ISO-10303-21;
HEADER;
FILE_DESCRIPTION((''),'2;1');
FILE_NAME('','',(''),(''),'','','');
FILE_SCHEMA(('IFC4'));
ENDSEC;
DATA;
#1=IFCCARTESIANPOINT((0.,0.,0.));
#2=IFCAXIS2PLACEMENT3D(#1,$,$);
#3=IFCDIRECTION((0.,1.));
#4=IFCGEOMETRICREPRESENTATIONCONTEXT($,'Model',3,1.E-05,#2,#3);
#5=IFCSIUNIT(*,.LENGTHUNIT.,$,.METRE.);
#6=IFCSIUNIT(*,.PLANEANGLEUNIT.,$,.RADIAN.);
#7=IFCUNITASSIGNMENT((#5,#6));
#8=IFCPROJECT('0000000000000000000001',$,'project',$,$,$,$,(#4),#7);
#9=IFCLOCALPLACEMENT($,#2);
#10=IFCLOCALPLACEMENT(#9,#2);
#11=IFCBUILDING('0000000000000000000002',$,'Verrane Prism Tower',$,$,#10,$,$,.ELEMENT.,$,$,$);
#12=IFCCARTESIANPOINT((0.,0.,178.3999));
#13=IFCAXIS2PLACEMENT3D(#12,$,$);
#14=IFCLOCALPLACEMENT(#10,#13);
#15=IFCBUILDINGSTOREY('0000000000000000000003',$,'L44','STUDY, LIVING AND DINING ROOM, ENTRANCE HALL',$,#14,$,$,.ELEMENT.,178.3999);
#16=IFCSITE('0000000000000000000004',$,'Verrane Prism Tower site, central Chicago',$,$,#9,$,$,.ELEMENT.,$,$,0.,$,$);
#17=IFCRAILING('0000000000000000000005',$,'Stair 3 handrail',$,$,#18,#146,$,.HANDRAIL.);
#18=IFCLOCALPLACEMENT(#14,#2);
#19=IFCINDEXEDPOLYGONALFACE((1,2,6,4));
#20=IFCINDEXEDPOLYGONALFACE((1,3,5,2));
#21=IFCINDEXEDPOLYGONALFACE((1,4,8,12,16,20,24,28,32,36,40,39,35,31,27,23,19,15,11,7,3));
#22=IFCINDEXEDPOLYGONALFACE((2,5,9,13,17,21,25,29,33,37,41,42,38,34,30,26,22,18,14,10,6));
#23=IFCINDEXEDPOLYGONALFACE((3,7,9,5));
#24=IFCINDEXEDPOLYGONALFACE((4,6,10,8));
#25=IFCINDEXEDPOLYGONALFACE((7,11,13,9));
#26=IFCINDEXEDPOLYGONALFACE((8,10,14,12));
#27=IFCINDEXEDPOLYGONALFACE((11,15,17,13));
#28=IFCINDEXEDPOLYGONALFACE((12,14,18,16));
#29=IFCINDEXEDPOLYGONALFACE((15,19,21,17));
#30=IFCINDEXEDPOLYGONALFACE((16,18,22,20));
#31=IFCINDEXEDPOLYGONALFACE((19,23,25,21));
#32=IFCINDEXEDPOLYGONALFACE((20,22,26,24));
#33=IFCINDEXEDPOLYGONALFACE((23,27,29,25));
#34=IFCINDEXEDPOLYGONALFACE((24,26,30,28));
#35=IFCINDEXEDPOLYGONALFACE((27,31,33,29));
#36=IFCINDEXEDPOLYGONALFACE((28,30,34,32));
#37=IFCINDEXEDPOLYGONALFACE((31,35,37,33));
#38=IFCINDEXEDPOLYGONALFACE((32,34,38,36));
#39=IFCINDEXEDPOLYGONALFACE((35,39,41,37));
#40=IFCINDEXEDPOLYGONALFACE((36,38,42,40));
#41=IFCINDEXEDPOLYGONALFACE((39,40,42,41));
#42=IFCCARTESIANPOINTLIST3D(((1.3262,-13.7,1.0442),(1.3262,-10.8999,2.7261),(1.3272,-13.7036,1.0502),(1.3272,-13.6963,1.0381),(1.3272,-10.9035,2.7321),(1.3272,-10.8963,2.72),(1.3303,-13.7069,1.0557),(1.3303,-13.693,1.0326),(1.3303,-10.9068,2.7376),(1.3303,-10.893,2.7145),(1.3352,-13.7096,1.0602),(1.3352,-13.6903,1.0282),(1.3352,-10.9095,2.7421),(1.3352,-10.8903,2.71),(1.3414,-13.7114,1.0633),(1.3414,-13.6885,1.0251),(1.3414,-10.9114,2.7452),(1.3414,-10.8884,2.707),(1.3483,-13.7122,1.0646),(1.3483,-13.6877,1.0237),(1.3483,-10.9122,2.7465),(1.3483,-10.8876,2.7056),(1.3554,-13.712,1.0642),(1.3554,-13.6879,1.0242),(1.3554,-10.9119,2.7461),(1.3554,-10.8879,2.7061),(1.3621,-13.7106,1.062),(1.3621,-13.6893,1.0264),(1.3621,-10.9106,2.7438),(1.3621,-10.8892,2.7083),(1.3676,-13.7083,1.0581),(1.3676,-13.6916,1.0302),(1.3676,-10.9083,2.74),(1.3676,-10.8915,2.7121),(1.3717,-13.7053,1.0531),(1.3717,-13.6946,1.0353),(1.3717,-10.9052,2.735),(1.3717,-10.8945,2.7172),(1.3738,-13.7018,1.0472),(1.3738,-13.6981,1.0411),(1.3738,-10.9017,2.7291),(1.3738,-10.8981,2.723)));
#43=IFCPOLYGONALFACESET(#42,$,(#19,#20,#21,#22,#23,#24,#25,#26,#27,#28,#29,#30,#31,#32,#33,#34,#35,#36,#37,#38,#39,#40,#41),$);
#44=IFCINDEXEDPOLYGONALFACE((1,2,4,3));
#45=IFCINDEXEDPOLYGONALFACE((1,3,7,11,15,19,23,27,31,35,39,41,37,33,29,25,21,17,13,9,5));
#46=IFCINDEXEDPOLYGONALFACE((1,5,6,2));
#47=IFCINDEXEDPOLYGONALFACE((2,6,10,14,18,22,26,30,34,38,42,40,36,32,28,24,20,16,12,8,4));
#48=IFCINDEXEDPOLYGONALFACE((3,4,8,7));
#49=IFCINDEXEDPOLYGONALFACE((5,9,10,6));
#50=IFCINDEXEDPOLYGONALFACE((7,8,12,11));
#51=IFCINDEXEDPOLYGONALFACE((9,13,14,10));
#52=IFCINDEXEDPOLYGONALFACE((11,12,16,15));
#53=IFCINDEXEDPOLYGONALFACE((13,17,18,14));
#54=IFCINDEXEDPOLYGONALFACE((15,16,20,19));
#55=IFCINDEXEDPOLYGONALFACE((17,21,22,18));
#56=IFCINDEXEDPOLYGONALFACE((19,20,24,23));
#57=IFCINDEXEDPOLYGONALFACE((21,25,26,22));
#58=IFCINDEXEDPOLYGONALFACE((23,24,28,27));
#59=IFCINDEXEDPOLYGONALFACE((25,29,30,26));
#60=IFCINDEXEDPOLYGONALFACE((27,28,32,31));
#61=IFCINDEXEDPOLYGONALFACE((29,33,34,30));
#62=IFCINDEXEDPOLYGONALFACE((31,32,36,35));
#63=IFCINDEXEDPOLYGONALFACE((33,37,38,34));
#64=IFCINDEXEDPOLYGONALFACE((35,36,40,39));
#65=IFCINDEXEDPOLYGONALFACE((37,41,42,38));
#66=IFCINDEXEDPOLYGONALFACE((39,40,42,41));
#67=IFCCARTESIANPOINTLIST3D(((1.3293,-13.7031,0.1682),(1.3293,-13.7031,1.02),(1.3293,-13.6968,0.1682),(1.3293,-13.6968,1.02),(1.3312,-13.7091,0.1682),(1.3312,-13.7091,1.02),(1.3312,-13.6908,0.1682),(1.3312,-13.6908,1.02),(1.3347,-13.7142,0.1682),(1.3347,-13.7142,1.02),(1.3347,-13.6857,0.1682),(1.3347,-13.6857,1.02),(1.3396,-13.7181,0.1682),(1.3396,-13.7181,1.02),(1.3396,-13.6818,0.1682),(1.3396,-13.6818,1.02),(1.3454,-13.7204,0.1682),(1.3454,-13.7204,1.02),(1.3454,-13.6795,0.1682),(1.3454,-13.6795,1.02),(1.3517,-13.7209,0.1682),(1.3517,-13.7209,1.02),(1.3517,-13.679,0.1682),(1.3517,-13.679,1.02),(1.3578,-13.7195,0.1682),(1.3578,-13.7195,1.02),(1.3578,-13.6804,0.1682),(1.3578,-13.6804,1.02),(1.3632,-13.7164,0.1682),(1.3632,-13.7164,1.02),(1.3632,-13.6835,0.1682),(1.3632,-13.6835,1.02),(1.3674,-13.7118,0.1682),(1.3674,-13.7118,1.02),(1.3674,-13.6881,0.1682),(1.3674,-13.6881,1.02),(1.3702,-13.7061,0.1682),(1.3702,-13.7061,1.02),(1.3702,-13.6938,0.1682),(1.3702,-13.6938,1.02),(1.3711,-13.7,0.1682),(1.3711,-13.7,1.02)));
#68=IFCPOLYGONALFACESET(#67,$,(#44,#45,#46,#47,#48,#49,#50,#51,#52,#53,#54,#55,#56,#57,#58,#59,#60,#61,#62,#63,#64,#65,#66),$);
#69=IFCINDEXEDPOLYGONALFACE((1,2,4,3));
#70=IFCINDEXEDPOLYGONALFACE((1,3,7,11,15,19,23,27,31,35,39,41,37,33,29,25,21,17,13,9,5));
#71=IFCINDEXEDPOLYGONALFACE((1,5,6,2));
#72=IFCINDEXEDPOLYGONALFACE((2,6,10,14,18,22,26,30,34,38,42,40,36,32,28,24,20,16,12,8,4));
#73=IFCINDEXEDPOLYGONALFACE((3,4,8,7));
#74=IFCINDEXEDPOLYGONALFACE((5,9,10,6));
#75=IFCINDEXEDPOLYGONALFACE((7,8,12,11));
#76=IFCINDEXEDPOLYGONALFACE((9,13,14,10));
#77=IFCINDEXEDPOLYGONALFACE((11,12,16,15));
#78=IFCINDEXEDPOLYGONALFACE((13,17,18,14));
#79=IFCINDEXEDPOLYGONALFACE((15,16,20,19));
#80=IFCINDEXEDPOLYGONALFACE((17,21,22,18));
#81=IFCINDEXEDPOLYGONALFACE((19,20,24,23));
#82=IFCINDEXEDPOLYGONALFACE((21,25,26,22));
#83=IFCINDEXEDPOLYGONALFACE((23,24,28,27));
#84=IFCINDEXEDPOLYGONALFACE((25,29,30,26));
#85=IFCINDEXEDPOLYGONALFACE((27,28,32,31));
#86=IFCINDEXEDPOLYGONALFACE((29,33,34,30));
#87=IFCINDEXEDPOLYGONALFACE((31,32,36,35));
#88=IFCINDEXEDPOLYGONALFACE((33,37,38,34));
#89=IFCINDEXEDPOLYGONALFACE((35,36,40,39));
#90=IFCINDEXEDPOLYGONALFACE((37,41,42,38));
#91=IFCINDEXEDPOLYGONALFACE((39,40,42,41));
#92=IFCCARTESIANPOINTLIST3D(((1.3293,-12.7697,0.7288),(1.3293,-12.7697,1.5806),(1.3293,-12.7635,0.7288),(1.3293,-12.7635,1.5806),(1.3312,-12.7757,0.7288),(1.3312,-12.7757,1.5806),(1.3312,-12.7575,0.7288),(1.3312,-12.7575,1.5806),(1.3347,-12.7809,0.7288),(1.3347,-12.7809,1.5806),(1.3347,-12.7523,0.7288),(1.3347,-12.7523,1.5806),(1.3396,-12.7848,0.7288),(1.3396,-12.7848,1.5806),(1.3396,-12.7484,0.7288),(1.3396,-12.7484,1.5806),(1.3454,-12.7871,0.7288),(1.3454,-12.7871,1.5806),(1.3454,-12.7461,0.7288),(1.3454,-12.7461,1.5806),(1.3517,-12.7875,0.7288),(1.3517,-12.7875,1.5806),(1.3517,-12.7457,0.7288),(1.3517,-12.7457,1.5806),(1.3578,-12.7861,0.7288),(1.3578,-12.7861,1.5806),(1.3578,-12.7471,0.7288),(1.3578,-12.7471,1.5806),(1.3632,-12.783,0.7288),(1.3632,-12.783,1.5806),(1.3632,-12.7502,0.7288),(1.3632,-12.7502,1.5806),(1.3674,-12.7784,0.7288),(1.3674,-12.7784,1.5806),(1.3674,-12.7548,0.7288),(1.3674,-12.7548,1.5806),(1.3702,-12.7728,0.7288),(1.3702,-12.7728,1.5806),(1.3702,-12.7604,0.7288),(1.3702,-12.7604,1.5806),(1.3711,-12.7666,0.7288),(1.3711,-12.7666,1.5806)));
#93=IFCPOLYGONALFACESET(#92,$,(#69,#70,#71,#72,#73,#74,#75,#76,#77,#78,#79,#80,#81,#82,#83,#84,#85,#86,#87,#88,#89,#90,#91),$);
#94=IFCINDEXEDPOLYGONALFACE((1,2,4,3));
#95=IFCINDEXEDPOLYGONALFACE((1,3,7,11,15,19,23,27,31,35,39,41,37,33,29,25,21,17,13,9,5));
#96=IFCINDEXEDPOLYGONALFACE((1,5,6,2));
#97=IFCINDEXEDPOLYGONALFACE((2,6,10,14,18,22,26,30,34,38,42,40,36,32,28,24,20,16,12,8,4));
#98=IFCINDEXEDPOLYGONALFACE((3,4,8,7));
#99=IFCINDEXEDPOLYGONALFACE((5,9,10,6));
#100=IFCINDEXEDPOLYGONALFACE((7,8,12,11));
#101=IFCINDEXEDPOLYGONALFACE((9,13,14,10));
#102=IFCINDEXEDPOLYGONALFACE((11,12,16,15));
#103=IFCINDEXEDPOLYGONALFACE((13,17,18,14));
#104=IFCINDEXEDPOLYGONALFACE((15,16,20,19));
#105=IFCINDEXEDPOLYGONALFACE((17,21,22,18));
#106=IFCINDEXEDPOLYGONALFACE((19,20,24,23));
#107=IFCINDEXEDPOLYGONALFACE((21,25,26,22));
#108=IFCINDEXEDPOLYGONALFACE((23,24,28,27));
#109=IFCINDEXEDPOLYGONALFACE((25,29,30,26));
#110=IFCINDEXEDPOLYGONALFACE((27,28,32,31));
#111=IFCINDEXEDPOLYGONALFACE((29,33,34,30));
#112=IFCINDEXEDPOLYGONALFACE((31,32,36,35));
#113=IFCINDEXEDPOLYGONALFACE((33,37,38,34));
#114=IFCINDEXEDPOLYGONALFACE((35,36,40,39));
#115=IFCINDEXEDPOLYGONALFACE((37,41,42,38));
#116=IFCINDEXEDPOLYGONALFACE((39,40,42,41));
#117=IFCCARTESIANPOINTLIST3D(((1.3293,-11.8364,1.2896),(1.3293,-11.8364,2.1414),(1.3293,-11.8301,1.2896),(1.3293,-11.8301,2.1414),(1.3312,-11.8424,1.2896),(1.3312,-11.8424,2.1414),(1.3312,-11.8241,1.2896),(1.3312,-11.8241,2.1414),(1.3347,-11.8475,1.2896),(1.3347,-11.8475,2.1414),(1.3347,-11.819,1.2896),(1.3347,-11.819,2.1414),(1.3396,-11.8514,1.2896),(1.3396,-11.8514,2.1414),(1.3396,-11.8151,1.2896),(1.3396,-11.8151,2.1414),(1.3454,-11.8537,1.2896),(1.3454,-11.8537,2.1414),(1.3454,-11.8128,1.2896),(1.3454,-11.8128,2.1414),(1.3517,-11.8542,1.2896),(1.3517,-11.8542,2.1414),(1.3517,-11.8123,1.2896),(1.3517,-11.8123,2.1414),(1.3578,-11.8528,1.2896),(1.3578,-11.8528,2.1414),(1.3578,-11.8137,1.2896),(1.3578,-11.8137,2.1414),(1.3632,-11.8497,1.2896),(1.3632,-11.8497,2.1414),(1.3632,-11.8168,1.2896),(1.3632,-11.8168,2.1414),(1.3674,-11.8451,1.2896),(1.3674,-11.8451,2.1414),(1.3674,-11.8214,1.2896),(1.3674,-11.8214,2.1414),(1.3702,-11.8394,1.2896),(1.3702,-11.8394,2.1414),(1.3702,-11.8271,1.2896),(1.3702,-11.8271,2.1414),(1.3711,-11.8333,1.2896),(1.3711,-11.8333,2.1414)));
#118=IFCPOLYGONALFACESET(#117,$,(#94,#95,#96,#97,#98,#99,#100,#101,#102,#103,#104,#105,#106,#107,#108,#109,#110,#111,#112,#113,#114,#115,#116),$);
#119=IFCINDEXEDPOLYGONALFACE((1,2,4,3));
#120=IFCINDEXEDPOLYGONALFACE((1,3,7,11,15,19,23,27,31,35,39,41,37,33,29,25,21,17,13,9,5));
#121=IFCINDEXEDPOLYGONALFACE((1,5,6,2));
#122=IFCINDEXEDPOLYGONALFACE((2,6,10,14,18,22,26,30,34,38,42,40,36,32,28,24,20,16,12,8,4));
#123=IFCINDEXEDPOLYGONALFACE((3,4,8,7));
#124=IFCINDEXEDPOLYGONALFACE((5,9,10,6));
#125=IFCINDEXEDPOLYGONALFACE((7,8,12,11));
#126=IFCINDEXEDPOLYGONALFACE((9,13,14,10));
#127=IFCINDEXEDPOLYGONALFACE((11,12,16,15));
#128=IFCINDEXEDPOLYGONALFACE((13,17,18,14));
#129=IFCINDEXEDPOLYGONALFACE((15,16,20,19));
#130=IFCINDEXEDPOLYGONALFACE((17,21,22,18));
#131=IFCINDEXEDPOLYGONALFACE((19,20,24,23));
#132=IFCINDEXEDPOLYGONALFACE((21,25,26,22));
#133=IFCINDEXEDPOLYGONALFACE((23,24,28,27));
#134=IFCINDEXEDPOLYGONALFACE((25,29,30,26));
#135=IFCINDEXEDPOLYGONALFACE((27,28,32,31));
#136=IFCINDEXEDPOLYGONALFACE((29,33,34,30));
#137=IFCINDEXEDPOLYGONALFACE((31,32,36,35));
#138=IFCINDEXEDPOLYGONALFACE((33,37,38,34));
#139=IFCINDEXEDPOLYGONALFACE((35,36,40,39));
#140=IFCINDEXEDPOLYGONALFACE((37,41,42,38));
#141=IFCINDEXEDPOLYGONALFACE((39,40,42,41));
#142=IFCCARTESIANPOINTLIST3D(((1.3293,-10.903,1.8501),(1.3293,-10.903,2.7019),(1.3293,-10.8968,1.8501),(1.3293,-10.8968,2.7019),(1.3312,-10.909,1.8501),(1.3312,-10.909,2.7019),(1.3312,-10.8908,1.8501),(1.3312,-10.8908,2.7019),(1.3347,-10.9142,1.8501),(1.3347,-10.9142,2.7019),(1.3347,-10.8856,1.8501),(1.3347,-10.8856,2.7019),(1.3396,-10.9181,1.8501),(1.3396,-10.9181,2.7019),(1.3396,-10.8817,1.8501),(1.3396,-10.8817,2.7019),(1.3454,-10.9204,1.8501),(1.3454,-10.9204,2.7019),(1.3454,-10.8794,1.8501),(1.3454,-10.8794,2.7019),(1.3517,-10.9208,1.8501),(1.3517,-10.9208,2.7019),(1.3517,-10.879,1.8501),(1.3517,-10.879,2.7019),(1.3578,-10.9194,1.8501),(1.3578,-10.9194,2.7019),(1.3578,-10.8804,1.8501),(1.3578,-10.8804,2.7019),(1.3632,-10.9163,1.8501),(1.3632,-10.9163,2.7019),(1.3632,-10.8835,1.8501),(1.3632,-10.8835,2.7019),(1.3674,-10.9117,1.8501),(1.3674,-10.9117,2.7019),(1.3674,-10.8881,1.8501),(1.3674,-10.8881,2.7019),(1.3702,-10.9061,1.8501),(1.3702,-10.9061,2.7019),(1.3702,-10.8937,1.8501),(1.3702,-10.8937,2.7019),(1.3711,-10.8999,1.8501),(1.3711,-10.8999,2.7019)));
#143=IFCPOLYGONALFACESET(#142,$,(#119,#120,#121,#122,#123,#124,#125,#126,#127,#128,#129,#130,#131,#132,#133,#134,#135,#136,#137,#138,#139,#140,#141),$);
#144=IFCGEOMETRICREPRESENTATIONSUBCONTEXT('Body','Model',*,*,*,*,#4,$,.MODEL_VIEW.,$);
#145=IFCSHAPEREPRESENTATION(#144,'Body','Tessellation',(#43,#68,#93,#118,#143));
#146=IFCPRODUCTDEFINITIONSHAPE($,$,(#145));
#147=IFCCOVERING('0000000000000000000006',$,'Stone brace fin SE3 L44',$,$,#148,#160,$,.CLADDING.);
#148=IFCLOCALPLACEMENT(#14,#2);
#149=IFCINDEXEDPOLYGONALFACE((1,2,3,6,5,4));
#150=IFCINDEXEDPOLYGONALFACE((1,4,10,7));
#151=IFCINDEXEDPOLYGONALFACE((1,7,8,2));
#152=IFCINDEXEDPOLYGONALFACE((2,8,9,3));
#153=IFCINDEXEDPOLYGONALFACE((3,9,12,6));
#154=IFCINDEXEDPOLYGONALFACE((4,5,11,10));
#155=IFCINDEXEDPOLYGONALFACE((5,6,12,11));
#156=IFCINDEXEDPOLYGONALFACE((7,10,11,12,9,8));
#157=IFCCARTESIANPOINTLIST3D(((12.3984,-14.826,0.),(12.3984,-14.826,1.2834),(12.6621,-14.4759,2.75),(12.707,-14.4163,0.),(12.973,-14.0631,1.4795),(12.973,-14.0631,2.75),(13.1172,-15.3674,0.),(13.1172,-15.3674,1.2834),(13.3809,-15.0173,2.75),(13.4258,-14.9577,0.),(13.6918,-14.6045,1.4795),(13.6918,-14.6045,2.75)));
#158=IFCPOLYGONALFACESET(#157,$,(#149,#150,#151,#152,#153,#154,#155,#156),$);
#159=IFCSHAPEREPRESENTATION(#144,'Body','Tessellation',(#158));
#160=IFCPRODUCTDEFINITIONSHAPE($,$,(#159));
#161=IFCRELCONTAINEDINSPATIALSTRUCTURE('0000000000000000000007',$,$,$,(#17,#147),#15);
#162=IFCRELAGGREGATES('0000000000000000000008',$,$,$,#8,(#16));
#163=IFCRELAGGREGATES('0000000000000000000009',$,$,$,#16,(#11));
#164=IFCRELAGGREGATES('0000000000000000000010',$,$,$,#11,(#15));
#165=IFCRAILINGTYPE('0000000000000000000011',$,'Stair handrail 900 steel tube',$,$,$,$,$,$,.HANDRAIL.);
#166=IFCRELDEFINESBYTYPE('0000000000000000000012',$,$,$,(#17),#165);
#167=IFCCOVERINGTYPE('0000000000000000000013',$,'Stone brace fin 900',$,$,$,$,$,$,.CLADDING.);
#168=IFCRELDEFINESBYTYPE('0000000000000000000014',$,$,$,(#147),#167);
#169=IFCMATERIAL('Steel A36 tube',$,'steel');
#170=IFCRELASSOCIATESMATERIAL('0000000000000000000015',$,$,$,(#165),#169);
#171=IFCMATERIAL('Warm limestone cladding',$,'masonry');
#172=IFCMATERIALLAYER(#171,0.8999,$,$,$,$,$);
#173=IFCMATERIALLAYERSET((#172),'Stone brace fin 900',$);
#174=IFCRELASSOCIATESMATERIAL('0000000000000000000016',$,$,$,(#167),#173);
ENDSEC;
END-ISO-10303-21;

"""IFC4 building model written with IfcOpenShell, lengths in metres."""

from ifc_helpers import new_model, si_unit, direction, frame, origin, origin_2d, place, context, subcontext, project, spatial, polyline, circle, outline, extrude, material, layer, layer_set, type_object, element, save


model = new_model("IFC4")

# Units and contexts
model_context = context("Model", 3, precision=1e-05, world=origin(), true_north=direction((0.0, 1.0)))
body_context = subcontext(model_context, "Body", "Model", "MODEL_VIEW")
ifc_project = project(units=[si_unit("LENGTHUNIT", "METRE"), si_unit("PLANEANGLEUNIT", "RADIAN")], contexts=[model_context])

# Site, building, storey
site_placement = place(None, origin())
site = spatial("IfcSite", under=ifc_project, at=site_placement, Name="Verrane Prism Tower site, central Chicago", CompositionType="ELEMENT", RefElevation=0.0)
building_placement = place(site_placement, origin())
building = spatial("IfcBuilding", under=site, at=building_placement, Name="Verrane Prism Tower", CompositionType="ELEMENT")
storey_placement = place(building_placement, frame((0.0, 0.0, 178.3999)))
storey = spatial("IfcBuildingStorey", under=building, at=storey_placement, Name="L44", Description="STUDY, LIVING AND DINING ROOM, ENTRANCE HALL", CompositionType="ELEMENT", Elevation=178.3999)

# Railing
ifc_material_1 = material(Name="Steel A36 tube", Category="steel")
railing_type_1 = type_object("IfcRailingType", Name="Stair handrail 900 steel tube", PredefinedType="HANDRAIL", material=ifc_material_1)
railing_1_placement = place(storey_placement, frame((1.3501, -13.7, 0.1682)))
element("IfcRailing", 1, at=railing_1_placement, inside=storey, type_object=railing_type_1, Name="Stair 3 handrail", PredefinedType="HANDRAIL", context=body_context, shape_type="SweptSolid", body=[
    extrude(circle(Radius=0.0239, at=origin_2d()), frame((0.0, 0.0, 0.876), z_axis=(0.0, 0.857242, 0.514913), x_axis=(-1.0, 0.0, 0.0)), (0.0, 0.0, 1.0), 3.2664),
    extrude(circle(Radius=0.021, at=origin_2d()), origin(), (0.0, 0.0, 1.0), 0.8518),
    extrude(circle(Radius=0.021, at=origin_2d()), frame((0.0, 0.9333, 0.5605)), (0.0, 0.0, 1.0), 0.8518),
    extrude(circle(Radius=0.021, at=origin_2d()), frame((0.0, 1.8667, 1.1213)), (0.0, 0.0, 1.0), 0.8518),
    extrude(circle(Radius=0.021, at=origin_2d()), frame((0.0, 2.8, 1.6819)), (0.0, 0.0, 1.0), 0.8518),
])

# Covering
ifc_material_2 = material(Name="Warm limestone cladding", Category="masonry")
ifc_layer_1 = layer(ifc_material_2, 0.8999)
ifc_layer_set_1 = layer_set([ifc_layer_1], Name="Stone brace fin 900")
covering_type = type_object("IfcCoveringType", Name="Stone brace fin 900", PredefinedType="CLADDING", material=ifc_layer_set_1)
covering_placement = place(storey_placement, frame((12.7578, -15.0967, 0.0), z_axis=(0.0, 0.0, 1.0), x_axis=(0.601635, 0.798771, 0.0)))
element("IfcCovering", 2, at=covering_placement, inside=storey, type_object=covering_type, Name="Stone brace fin SE3 L44", PredefinedType="CLADDING", context=body_context, shape_type="SweptSolid", body=[
    extrude(outline(polyline([(0.9551, 2.75), (0.4382, 2.75), (0.0, 1.2834), (0.0, 0.0), (0.5129, 0.0), (0.9551, 1.4795), (0.9551, 2.75)])), frame((0.0, 0.45, 0.0), z_axis=(0.0, -1.0, 0.0), x_axis=(1.0, 0.0, 0.0)), (0.0, 0.0, 1.0), 0.8999),
])

save(model, "model.ifc")
